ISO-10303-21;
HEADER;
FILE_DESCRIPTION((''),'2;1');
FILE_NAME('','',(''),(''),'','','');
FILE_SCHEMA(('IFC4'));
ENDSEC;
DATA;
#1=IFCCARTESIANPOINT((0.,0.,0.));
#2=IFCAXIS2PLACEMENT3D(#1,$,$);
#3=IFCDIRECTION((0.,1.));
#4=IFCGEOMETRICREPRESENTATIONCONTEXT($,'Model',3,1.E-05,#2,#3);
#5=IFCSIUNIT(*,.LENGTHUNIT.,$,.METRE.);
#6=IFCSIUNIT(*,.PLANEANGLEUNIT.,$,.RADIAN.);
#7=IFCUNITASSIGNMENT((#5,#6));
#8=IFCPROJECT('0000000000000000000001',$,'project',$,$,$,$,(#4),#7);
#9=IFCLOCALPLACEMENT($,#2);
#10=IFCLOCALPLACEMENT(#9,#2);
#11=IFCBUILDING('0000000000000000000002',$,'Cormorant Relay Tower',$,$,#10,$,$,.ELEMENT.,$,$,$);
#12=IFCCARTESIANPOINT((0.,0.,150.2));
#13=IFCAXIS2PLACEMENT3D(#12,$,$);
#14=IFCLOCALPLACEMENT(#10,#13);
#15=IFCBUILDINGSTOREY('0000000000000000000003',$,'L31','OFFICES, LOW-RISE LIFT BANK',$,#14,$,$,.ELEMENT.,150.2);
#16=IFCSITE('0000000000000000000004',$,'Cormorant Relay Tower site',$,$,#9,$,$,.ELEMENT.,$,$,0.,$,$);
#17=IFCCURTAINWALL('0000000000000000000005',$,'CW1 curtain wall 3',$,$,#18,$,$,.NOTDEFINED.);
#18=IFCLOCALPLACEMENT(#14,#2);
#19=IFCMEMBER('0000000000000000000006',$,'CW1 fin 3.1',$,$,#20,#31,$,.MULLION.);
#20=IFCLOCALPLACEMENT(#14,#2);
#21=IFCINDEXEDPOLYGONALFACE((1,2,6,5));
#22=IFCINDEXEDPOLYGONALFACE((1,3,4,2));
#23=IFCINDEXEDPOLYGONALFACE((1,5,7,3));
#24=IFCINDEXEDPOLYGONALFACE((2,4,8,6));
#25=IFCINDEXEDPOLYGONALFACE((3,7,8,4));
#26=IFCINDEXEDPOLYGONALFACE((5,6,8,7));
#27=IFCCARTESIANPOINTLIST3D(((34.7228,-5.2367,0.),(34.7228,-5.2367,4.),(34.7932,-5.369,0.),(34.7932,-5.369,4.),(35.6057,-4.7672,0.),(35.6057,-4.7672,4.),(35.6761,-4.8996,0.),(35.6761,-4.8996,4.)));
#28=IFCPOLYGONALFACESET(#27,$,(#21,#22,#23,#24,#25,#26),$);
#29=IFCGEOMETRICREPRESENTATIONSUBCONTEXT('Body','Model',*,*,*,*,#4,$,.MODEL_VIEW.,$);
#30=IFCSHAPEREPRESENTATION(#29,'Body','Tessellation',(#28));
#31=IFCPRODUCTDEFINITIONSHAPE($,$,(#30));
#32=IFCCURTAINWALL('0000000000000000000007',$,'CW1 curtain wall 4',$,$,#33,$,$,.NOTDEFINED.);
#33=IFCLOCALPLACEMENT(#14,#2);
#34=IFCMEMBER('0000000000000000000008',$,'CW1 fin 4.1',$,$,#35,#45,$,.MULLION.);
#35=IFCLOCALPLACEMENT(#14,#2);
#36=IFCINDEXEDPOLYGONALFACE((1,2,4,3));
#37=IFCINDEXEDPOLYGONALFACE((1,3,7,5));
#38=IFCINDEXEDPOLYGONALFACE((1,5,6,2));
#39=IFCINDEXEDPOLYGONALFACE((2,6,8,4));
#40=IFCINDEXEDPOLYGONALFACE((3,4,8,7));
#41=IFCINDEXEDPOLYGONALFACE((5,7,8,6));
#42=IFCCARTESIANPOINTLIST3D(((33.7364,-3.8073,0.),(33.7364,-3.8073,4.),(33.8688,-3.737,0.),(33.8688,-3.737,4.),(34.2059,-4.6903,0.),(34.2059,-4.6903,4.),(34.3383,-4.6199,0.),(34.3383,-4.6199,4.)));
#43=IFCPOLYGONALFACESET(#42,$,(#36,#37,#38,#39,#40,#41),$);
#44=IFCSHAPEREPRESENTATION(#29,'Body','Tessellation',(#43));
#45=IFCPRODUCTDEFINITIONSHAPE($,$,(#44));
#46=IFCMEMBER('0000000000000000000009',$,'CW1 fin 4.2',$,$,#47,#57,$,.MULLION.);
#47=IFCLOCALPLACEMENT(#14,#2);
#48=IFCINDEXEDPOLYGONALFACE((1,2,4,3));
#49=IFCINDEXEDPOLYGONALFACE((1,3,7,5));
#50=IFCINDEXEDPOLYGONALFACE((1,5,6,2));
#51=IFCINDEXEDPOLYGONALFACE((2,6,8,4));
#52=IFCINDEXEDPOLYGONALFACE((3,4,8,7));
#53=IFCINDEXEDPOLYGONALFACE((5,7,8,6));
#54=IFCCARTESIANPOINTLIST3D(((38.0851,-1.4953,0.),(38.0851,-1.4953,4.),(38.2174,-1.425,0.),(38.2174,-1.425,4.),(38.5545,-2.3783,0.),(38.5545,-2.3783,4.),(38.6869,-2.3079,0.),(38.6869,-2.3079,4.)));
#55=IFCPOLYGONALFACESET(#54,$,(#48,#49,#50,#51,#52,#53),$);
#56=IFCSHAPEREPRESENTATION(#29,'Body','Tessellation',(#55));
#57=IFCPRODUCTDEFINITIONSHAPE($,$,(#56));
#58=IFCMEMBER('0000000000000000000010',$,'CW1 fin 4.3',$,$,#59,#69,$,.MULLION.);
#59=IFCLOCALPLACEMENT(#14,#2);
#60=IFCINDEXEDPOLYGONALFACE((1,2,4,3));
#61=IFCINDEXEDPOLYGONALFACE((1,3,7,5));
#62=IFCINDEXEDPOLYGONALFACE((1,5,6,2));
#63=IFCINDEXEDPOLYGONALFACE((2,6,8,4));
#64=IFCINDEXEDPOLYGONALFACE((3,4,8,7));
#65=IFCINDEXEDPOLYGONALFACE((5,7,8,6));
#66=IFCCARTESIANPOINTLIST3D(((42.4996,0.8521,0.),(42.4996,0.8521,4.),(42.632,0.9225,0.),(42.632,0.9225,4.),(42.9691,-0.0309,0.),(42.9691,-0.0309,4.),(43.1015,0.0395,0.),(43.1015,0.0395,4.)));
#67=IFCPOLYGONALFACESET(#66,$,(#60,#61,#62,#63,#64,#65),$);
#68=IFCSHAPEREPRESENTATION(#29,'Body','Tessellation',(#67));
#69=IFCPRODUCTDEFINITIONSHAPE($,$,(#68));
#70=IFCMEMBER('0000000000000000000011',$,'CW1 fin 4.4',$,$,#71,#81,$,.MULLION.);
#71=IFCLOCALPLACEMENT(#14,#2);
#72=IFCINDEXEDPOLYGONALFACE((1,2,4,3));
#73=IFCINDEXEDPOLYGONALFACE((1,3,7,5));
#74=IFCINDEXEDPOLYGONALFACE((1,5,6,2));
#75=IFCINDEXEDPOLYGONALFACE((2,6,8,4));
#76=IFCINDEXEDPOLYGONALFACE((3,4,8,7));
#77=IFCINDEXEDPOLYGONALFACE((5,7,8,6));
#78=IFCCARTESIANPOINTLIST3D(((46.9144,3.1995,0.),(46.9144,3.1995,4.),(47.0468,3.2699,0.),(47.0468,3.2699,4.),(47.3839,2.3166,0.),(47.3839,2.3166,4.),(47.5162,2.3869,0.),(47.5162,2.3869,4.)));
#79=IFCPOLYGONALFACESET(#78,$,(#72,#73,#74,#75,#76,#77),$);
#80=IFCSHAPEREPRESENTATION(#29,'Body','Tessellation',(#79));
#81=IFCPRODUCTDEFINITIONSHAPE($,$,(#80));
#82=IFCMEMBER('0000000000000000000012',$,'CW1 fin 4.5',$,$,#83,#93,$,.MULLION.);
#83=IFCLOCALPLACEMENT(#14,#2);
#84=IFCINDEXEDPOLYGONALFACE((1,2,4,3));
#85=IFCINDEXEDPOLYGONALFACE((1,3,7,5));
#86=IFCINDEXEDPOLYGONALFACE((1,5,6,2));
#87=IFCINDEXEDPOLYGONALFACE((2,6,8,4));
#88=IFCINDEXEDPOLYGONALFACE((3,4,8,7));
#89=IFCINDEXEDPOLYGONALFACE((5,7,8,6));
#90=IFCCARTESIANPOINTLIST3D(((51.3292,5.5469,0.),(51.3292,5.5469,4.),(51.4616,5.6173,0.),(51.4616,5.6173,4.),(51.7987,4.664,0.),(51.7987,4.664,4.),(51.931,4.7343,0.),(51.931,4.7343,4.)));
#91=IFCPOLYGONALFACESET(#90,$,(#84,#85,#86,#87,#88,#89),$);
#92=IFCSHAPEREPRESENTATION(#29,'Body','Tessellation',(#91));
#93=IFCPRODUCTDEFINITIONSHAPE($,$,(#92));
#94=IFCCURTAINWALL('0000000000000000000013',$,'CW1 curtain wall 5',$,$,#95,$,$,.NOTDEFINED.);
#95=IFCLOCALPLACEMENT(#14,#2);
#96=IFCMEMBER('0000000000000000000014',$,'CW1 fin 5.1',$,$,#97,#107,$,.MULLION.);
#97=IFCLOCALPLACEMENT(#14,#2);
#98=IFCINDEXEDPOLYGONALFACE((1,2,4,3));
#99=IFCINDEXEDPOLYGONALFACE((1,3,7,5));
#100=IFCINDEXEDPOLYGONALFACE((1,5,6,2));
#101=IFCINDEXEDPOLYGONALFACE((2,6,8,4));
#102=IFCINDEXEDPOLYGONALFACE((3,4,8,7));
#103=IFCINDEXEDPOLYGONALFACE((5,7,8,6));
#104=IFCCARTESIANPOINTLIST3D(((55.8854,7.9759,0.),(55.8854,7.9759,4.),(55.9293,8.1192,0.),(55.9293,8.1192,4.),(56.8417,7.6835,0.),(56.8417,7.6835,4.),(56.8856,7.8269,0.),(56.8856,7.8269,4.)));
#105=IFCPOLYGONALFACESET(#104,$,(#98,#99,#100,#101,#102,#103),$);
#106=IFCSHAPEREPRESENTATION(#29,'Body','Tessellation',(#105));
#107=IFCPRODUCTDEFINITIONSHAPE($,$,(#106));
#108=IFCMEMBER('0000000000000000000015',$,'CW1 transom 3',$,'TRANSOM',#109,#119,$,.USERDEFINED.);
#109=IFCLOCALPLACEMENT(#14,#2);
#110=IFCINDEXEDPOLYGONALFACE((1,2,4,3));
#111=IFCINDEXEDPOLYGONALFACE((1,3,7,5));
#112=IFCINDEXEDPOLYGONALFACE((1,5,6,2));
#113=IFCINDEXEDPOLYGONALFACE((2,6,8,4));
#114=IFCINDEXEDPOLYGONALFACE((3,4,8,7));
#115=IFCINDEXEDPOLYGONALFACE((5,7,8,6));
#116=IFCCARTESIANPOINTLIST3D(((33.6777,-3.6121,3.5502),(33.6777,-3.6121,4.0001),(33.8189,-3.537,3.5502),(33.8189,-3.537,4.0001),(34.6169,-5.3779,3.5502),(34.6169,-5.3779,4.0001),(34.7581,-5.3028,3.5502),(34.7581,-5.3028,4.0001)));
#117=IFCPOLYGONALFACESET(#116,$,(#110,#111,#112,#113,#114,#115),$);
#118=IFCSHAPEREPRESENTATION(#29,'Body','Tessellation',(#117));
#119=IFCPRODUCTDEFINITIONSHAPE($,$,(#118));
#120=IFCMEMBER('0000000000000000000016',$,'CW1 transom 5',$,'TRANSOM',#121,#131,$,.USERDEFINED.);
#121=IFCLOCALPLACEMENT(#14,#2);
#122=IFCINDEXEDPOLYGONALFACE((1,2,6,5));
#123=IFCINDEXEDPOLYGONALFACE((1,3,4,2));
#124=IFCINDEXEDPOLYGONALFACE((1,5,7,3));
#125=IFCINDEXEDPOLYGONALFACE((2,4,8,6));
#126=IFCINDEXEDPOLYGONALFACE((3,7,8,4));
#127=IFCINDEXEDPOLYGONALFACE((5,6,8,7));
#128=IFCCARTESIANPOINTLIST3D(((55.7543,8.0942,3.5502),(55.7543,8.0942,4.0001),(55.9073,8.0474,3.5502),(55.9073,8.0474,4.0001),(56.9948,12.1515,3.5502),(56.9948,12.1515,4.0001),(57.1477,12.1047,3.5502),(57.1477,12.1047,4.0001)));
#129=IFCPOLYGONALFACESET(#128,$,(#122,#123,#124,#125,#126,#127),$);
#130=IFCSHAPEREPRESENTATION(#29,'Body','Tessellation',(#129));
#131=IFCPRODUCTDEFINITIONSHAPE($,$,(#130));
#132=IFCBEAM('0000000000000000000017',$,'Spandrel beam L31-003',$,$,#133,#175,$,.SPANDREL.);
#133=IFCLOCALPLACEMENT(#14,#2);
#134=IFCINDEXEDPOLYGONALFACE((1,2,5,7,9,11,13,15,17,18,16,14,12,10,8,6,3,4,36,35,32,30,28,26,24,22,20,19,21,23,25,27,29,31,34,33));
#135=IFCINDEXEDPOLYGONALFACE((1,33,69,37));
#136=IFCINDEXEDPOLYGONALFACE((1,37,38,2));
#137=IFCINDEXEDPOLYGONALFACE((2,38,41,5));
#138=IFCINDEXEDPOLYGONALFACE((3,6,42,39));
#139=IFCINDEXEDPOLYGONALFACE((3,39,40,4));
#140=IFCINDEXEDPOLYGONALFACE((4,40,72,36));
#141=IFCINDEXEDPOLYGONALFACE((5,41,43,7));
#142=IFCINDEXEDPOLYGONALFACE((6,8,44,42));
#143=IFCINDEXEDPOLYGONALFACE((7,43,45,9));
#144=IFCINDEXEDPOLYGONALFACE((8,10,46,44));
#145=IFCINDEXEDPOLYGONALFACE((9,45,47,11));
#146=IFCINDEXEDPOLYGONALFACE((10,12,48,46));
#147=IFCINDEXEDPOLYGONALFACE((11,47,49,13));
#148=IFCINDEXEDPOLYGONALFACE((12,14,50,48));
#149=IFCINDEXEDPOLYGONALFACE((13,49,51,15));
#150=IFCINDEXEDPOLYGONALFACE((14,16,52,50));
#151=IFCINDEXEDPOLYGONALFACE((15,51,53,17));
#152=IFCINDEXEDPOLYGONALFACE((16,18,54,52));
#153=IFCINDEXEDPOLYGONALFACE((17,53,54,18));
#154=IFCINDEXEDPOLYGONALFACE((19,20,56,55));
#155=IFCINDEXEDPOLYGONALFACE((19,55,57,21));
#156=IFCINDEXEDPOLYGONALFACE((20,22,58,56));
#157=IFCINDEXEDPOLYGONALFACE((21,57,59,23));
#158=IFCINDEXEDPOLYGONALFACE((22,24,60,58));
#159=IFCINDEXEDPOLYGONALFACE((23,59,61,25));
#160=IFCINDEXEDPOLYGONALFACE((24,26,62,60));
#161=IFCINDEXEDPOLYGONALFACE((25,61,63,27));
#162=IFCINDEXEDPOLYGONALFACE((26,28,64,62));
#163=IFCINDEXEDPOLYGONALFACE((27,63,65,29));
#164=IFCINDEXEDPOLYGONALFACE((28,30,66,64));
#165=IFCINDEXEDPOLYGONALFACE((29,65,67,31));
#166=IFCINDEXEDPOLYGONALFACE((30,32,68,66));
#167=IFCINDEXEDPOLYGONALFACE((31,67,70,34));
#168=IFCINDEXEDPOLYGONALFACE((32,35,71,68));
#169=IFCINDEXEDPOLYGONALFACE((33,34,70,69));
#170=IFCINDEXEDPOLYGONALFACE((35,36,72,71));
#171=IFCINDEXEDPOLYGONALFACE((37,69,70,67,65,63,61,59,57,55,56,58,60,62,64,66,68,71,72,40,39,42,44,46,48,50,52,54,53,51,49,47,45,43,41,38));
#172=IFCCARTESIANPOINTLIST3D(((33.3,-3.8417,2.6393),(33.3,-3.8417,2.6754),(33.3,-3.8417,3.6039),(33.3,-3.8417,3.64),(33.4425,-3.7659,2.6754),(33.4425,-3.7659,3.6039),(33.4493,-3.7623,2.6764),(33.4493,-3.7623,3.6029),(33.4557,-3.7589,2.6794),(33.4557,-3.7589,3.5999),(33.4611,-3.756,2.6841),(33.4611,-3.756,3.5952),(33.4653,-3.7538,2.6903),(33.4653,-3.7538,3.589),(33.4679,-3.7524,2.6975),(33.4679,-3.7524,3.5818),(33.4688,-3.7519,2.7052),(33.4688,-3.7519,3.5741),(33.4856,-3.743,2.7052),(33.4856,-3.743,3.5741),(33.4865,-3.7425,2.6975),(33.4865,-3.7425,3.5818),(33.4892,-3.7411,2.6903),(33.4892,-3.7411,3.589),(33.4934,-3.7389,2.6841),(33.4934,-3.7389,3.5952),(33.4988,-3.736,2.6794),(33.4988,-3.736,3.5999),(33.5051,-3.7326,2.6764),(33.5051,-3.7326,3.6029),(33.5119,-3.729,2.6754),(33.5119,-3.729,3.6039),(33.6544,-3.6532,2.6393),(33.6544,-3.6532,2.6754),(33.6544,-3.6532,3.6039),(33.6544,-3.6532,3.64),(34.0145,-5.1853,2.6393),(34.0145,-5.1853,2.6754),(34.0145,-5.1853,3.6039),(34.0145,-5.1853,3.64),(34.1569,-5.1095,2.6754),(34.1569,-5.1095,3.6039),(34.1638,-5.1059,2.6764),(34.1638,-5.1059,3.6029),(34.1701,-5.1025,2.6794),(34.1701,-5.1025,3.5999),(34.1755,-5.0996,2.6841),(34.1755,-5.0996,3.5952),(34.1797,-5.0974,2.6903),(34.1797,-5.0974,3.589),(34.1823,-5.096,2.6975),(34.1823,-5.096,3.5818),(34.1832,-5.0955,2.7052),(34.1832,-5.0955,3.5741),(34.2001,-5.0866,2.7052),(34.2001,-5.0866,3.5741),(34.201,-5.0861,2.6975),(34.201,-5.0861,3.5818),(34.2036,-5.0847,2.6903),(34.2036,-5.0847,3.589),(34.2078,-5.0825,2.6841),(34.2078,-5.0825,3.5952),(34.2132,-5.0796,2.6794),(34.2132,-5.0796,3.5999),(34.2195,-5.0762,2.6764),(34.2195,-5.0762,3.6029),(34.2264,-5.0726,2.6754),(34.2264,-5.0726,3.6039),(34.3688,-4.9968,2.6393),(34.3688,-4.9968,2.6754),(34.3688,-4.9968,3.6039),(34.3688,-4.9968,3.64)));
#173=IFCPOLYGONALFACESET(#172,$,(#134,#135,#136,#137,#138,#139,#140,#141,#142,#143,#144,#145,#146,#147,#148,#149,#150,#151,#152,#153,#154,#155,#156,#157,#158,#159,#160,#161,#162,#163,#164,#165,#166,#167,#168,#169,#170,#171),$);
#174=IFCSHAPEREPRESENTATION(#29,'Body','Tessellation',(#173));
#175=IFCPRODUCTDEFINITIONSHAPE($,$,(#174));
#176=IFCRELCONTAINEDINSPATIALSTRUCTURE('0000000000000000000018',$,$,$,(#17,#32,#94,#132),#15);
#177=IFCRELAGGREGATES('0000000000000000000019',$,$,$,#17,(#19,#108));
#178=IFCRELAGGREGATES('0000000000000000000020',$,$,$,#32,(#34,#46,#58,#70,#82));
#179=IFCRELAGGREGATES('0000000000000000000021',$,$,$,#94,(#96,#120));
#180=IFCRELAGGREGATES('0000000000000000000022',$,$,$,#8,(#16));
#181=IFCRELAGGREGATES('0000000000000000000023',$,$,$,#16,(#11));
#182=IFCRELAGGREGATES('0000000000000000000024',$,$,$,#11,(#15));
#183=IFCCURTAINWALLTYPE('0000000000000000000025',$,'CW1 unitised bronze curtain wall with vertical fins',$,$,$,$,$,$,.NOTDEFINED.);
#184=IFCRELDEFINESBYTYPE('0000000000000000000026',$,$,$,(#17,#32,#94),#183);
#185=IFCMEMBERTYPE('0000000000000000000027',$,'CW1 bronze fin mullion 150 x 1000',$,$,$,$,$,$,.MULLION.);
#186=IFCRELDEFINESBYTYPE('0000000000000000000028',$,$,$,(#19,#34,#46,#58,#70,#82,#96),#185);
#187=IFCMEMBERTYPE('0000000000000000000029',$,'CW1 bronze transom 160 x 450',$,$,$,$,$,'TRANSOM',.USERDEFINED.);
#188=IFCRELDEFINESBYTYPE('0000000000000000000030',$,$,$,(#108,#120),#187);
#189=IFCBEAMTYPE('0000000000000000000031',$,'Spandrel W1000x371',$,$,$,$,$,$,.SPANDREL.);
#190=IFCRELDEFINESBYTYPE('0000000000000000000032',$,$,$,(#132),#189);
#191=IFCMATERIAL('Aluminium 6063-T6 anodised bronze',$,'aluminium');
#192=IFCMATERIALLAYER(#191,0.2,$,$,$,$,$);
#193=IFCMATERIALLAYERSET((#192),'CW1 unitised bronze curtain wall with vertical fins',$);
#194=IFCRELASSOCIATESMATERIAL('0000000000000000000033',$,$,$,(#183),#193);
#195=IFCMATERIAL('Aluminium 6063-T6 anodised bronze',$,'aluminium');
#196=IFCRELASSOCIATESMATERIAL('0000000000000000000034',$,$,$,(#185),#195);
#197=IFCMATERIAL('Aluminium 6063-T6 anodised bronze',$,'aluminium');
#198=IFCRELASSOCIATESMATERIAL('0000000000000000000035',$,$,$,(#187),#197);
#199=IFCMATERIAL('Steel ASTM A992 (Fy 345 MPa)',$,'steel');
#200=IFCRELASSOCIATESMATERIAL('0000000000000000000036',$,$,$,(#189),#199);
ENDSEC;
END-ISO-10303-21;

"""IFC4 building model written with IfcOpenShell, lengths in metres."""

from ifc_helpers import new_model, si_unit, direction, frame, origin, origin_2d, place, context, subcontext, project, spatial, rectangle, i_section, extrude, material, layer, layer_set, material_profile, profile_set, type_object, element, aggregate, save


model = new_model("IFC4")

# Units and contexts
model_context = context("Model", 3, precision=1e-05, world=origin(), true_north=direction((0.0, 1.0)))
body_context = subcontext(model_context, "Body", "Model", "MODEL_VIEW")
ifc_project = project(units=[si_unit("LENGTHUNIT", "METRE"), si_unit("PLANEANGLEUNIT", "RADIAN")], contexts=[model_context])

# Site, building, storey
site_placement = place(None, origin())
site = spatial("IfcSite", under=ifc_project, at=site_placement, Name="Cormorant Relay Tower site", CompositionType="ELEMENT", RefElevation=0.0)
building_placement = place(site_placement, origin())
building = spatial("IfcBuilding", under=site, at=building_placement, Name="Cormorant Relay Tower", CompositionType="ELEMENT")
storey_placement = place(building_placement, frame((0.0, 0.0, 150.2)))
storey = spatial("IfcBuildingStorey", under=building, at=storey_placement, Name="L31", Description="OFFICES, LOW-RISE LIFT BANK", CompositionType="ELEMENT", Elevation=150.2)

# Curtain wall, member
ifc_material_1 = material(Name="Aluminium 6063-T6 anodised bronze", Category="aluminium")
ifc_layer_1 = layer(ifc_material_1, 0.2)
ifc_layer_set_1 = layer_set([ifc_layer_1], Name="CW1 unitised bronze curtain wall with vertical fins")
curtain_wall_type = type_object("IfcCurtainWallType", Name="CW1 unitised bronze curtain wall with vertical fins", PredefinedType="NOTDEFINED", material=ifc_layer_set_1)
curtain_wall_1_placement = place(storey_placement, origin())
curtain_wall_1 = element("IfcCurtainWall", 1, at=curtain_wall_1_placement, inside=storey, type_object=curtain_wall_type, Name="CW1 curtain wall 3", PredefinedType="NOTDEFINED")
ifc_material_2 = material(Name="Aluminium 6063-T6 anodised bronze", Category="aluminium")
ifc_material_profile_1 = material_profile(ifc_material_2, rectangle(XDim=0.1499, YDim=1.0, at=origin_2d()), Name="AL 150x1000")
ifc_profile_set_1 = profile_set([ifc_material_profile_1], Name="Aluminium 6063-T6 anodised bronze")
member_type_1 = type_object("IfcMemberType", Name="CW1 bronze fin mullion 150 x 1000", PredefinedType="MULLION", material=ifc_profile_set_1)
member_1_placement = place(storey_placement, frame((35.1995, -5.0681, 0.0), z_axis=(0.0, 0.0, 1.0), x_axis=(-0.469472, 0.882948, 0.0)))
member_1 = element("IfcMember", 2, at=member_1_placement, type_object=member_type_1, Name="CW1 fin 3.1", PredefinedType="MULLION", context=body_context, shape_type="SweptSolid", body=[
    extrude(rectangle(XDim=0.1499, YDim=1.0, at=origin_2d()), origin(), (0.0, 0.0, 1.0), 4.0),
])

# Curtain wall, members
curtain_wall_2_placement = place(storey_placement, origin())
curtain_wall_2 = element("IfcCurtainWall", 3, at=curtain_wall_2_placement, inside=storey, type_object=curtain_wall_type, Name="CW1 curtain wall 4", PredefinedType="NOTDEFINED")
member_2_placement = place(storey_placement, frame((34.0374, -4.2136, 0.0), z_axis=(0.0, 0.0, 1.0), x_axis=(0.882948, 0.469472, 0.0)))
member_2 = element("IfcMember", 4, at=member_2_placement, type_object=member_type_1, Name="CW1 fin 4.1", PredefinedType="MULLION", context=body_context, shape_type="SweptSolid", body=[
    extrude(rectangle(XDim=0.1499, YDim=1.0, at=origin_2d()), origin(), (0.0, 0.0, 1.0), 4.0),
])
member_3_placement = place(storey_placement, frame((38.386, -1.9016, 0.0), z_axis=(0.0, 0.0, 1.0), x_axis=(0.882948, 0.469472, 0.0)))
member_3 = element("IfcMember", 5, at=member_3_placement, type_object=member_type_1, Name="CW1 fin 4.2", PredefinedType="MULLION", context=body_context, shape_type="SweptSolid", body=[
    extrude(rectangle(XDim=0.1499, YDim=1.0, at=origin_2d()), origin(), (0.0, 0.0, 1.0), 4.0),
])
member_4_placement = place(storey_placement, frame((42.8005, 0.4458, 0.0), z_axis=(0.0, 0.0, 1.0), x_axis=(0.882948, 0.469472, 0.0)))
member_4 = element("IfcMember", 6, at=member_4_placement, type_object=member_type_1, Name="CW1 fin 4.3", PredefinedType="MULLION", context=body_context, shape_type="SweptSolid", body=[
    extrude(rectangle(XDim=0.1499, YDim=1.0, at=origin_2d()), origin(), (0.0, 0.0, 1.0), 4.0),
])
member_5_placement = place(storey_placement, frame((47.2153, 2.7932, 0.0), z_axis=(0.0, 0.0, 1.0), x_axis=(0.882948, 0.469472, 0.0)))
member_5 = element("IfcMember", 7, at=member_5_placement, type_object=member_type_1, Name="CW1 fin 4.4", PredefinedType="MULLION", context=body_context, shape_type="SweptSolid", body=[
    extrude(rectangle(XDim=0.1499, YDim=1.0, at=origin_2d()), origin(), (0.0, 0.0, 1.0), 4.0),
])
member_6_placement = place(storey_placement, frame((51.6301, 5.1406, 0.0), z_axis=(0.0, 0.0, 1.0), x_axis=(0.882948, 0.469472, 0.0)))
member_6 = element("IfcMember", 8, at=member_6_placement, type_object=member_type_1, Name="CW1 fin 4.5", PredefinedType="MULLION", context=body_context, shape_type="SweptSolid", body=[
    extrude(rectangle(XDim=0.1499, YDim=1.0, at=origin_2d()), origin(), (0.0, 0.0, 1.0), 4.0),
])

# Curtain wall, member
curtain_wall_3_placement = place(storey_placement, origin())
curtain_wall_3 = element("IfcCurtainWall", 9, at=curtain_wall_3_placement, inside=storey, type_object=curtain_wall_type, Name="CW1 curtain wall 5", PredefinedType="NOTDEFINED")
member_7_placement = place(storey_placement, frame((56.3855, 7.9014, 0.0), z_axis=(0.0, 0.0, 1.0), x_axis=(0.292372, 0.956305, 0.0)))
member_7 = element("IfcMember", 10, at=member_7_placement, type_object=member_type_1, Name="CW1 fin 5.1", PredefinedType="MULLION", context=body_context, shape_type="SweptSolid", body=[
    extrude(rectangle(XDim=0.1499, YDim=1.0, at=origin_2d()), origin(), (0.0, 0.0, 1.0), 4.0),
])

# Members
ifc_material_3 = material(Name="Aluminium 6063-T6 anodised bronze", Category="aluminium")
ifc_material_profile_2 = material_profile(ifc_material_3, rectangle(XDim=0.1599, YDim=0.45, at=origin_2d()), Name="AL 160x450")
ifc_profile_set_2 = profile_set([ifc_material_profile_2], Name="Aluminium 6063-T6 anodised bronze")
member_type_2 = type_object("IfcMemberType", Name="CW1 bronze transom 160 x 450", ElementType="TRANSOM", PredefinedType="USERDEFINED", material=ifc_profile_set_2)
member_8_placement = place(storey_placement, frame((34.6875, -5.3403, 3.7751), z_axis=(-0.469581, 0.88289, 0.0), x_axis=(-0.88289, -0.469581, 0.0)))
member_8 = element("IfcMember", 11, at=member_8_placement, type_object=member_type_2, Name="CW1 transom 3", ObjectType="TRANSOM", PredefinedType="USERDEFINED", context=body_context, shape_type="SweptSolid", body=[
    extrude(rectangle(XDim=0.1599, YDim=0.45, at=origin_2d()), origin(), (0.0, 0.0, 1.0), 2.0),
])
member_9_placement = place(storey_placement, frame((55.8308, 8.0708, 3.7751), z_axis=(0.292375, 0.956304, 0.0), x_axis=(-0.956304, 0.292375, 0.0)))
member_9 = element("IfcMember", 12, at=member_9_placement, type_object=member_type_2, Name="CW1 transom 5", ObjectType="TRANSOM", PredefinedType="USERDEFINED", context=body_context, shape_type="SweptSolid", body=[
    extrude(rectangle(XDim=0.1599, YDim=0.45, at=origin_2d()), origin(), (0.0, 0.0, 1.0), 4.2427),
])

# Beam
ifc_material_4 = material(Name="Steel ASTM A992 (Fy 345 MPa)", Category="steel")
ifc_material_profile_3 = material_profile(ifc_material_4, i_section(OverallWidth=0.4014, OverallDepth=1.0007, WebThickness=0.019, FlangeThickness=0.0361, FilletRadius=0.0298, at=origin_2d()), Name="W1000x371")
ifc_profile_set_3 = profile_set([ifc_material_profile_3], Name="Steel ASTM A992 (Fy 345 MPa)")
beam_type = type_object("IfcBeamType", Name="Spandrel W1000x371", PredefinedType="SPANDREL", material=ifc_profile_set_3)
beam_1_placement = place(storey_placement, frame((34.1917, -5.0911, 3.1396), z_axis=(-0.469472, 0.882947, 0.0), x_axis=(-0.882947, -0.469472, 0.0)))
element("IfcBeam", 13, at=beam_1_placement, inside=storey, type_object=beam_type, Name="Spandrel beam L31-003", PredefinedType="SPANDREL", context=body_context, shape_type="SweptSolid", body=[
    extrude(i_section(OverallWidth=0.4014, OverallDepth=1.0007, WebThickness=0.019, FlangeThickness=0.0361, FilletRadius=0.0298, at=origin_2d()), origin(), (0.0, 0.0, 1.0), 1.5217),
])

aggregate(curtain_wall_1, [member_1, member_8])
aggregate(curtain_wall_2, [member_2, member_3, member_4, member_5, member_6])
aggregate(curtain_wall_3, [member_7, member_9])

save(model, "model.ifc")
